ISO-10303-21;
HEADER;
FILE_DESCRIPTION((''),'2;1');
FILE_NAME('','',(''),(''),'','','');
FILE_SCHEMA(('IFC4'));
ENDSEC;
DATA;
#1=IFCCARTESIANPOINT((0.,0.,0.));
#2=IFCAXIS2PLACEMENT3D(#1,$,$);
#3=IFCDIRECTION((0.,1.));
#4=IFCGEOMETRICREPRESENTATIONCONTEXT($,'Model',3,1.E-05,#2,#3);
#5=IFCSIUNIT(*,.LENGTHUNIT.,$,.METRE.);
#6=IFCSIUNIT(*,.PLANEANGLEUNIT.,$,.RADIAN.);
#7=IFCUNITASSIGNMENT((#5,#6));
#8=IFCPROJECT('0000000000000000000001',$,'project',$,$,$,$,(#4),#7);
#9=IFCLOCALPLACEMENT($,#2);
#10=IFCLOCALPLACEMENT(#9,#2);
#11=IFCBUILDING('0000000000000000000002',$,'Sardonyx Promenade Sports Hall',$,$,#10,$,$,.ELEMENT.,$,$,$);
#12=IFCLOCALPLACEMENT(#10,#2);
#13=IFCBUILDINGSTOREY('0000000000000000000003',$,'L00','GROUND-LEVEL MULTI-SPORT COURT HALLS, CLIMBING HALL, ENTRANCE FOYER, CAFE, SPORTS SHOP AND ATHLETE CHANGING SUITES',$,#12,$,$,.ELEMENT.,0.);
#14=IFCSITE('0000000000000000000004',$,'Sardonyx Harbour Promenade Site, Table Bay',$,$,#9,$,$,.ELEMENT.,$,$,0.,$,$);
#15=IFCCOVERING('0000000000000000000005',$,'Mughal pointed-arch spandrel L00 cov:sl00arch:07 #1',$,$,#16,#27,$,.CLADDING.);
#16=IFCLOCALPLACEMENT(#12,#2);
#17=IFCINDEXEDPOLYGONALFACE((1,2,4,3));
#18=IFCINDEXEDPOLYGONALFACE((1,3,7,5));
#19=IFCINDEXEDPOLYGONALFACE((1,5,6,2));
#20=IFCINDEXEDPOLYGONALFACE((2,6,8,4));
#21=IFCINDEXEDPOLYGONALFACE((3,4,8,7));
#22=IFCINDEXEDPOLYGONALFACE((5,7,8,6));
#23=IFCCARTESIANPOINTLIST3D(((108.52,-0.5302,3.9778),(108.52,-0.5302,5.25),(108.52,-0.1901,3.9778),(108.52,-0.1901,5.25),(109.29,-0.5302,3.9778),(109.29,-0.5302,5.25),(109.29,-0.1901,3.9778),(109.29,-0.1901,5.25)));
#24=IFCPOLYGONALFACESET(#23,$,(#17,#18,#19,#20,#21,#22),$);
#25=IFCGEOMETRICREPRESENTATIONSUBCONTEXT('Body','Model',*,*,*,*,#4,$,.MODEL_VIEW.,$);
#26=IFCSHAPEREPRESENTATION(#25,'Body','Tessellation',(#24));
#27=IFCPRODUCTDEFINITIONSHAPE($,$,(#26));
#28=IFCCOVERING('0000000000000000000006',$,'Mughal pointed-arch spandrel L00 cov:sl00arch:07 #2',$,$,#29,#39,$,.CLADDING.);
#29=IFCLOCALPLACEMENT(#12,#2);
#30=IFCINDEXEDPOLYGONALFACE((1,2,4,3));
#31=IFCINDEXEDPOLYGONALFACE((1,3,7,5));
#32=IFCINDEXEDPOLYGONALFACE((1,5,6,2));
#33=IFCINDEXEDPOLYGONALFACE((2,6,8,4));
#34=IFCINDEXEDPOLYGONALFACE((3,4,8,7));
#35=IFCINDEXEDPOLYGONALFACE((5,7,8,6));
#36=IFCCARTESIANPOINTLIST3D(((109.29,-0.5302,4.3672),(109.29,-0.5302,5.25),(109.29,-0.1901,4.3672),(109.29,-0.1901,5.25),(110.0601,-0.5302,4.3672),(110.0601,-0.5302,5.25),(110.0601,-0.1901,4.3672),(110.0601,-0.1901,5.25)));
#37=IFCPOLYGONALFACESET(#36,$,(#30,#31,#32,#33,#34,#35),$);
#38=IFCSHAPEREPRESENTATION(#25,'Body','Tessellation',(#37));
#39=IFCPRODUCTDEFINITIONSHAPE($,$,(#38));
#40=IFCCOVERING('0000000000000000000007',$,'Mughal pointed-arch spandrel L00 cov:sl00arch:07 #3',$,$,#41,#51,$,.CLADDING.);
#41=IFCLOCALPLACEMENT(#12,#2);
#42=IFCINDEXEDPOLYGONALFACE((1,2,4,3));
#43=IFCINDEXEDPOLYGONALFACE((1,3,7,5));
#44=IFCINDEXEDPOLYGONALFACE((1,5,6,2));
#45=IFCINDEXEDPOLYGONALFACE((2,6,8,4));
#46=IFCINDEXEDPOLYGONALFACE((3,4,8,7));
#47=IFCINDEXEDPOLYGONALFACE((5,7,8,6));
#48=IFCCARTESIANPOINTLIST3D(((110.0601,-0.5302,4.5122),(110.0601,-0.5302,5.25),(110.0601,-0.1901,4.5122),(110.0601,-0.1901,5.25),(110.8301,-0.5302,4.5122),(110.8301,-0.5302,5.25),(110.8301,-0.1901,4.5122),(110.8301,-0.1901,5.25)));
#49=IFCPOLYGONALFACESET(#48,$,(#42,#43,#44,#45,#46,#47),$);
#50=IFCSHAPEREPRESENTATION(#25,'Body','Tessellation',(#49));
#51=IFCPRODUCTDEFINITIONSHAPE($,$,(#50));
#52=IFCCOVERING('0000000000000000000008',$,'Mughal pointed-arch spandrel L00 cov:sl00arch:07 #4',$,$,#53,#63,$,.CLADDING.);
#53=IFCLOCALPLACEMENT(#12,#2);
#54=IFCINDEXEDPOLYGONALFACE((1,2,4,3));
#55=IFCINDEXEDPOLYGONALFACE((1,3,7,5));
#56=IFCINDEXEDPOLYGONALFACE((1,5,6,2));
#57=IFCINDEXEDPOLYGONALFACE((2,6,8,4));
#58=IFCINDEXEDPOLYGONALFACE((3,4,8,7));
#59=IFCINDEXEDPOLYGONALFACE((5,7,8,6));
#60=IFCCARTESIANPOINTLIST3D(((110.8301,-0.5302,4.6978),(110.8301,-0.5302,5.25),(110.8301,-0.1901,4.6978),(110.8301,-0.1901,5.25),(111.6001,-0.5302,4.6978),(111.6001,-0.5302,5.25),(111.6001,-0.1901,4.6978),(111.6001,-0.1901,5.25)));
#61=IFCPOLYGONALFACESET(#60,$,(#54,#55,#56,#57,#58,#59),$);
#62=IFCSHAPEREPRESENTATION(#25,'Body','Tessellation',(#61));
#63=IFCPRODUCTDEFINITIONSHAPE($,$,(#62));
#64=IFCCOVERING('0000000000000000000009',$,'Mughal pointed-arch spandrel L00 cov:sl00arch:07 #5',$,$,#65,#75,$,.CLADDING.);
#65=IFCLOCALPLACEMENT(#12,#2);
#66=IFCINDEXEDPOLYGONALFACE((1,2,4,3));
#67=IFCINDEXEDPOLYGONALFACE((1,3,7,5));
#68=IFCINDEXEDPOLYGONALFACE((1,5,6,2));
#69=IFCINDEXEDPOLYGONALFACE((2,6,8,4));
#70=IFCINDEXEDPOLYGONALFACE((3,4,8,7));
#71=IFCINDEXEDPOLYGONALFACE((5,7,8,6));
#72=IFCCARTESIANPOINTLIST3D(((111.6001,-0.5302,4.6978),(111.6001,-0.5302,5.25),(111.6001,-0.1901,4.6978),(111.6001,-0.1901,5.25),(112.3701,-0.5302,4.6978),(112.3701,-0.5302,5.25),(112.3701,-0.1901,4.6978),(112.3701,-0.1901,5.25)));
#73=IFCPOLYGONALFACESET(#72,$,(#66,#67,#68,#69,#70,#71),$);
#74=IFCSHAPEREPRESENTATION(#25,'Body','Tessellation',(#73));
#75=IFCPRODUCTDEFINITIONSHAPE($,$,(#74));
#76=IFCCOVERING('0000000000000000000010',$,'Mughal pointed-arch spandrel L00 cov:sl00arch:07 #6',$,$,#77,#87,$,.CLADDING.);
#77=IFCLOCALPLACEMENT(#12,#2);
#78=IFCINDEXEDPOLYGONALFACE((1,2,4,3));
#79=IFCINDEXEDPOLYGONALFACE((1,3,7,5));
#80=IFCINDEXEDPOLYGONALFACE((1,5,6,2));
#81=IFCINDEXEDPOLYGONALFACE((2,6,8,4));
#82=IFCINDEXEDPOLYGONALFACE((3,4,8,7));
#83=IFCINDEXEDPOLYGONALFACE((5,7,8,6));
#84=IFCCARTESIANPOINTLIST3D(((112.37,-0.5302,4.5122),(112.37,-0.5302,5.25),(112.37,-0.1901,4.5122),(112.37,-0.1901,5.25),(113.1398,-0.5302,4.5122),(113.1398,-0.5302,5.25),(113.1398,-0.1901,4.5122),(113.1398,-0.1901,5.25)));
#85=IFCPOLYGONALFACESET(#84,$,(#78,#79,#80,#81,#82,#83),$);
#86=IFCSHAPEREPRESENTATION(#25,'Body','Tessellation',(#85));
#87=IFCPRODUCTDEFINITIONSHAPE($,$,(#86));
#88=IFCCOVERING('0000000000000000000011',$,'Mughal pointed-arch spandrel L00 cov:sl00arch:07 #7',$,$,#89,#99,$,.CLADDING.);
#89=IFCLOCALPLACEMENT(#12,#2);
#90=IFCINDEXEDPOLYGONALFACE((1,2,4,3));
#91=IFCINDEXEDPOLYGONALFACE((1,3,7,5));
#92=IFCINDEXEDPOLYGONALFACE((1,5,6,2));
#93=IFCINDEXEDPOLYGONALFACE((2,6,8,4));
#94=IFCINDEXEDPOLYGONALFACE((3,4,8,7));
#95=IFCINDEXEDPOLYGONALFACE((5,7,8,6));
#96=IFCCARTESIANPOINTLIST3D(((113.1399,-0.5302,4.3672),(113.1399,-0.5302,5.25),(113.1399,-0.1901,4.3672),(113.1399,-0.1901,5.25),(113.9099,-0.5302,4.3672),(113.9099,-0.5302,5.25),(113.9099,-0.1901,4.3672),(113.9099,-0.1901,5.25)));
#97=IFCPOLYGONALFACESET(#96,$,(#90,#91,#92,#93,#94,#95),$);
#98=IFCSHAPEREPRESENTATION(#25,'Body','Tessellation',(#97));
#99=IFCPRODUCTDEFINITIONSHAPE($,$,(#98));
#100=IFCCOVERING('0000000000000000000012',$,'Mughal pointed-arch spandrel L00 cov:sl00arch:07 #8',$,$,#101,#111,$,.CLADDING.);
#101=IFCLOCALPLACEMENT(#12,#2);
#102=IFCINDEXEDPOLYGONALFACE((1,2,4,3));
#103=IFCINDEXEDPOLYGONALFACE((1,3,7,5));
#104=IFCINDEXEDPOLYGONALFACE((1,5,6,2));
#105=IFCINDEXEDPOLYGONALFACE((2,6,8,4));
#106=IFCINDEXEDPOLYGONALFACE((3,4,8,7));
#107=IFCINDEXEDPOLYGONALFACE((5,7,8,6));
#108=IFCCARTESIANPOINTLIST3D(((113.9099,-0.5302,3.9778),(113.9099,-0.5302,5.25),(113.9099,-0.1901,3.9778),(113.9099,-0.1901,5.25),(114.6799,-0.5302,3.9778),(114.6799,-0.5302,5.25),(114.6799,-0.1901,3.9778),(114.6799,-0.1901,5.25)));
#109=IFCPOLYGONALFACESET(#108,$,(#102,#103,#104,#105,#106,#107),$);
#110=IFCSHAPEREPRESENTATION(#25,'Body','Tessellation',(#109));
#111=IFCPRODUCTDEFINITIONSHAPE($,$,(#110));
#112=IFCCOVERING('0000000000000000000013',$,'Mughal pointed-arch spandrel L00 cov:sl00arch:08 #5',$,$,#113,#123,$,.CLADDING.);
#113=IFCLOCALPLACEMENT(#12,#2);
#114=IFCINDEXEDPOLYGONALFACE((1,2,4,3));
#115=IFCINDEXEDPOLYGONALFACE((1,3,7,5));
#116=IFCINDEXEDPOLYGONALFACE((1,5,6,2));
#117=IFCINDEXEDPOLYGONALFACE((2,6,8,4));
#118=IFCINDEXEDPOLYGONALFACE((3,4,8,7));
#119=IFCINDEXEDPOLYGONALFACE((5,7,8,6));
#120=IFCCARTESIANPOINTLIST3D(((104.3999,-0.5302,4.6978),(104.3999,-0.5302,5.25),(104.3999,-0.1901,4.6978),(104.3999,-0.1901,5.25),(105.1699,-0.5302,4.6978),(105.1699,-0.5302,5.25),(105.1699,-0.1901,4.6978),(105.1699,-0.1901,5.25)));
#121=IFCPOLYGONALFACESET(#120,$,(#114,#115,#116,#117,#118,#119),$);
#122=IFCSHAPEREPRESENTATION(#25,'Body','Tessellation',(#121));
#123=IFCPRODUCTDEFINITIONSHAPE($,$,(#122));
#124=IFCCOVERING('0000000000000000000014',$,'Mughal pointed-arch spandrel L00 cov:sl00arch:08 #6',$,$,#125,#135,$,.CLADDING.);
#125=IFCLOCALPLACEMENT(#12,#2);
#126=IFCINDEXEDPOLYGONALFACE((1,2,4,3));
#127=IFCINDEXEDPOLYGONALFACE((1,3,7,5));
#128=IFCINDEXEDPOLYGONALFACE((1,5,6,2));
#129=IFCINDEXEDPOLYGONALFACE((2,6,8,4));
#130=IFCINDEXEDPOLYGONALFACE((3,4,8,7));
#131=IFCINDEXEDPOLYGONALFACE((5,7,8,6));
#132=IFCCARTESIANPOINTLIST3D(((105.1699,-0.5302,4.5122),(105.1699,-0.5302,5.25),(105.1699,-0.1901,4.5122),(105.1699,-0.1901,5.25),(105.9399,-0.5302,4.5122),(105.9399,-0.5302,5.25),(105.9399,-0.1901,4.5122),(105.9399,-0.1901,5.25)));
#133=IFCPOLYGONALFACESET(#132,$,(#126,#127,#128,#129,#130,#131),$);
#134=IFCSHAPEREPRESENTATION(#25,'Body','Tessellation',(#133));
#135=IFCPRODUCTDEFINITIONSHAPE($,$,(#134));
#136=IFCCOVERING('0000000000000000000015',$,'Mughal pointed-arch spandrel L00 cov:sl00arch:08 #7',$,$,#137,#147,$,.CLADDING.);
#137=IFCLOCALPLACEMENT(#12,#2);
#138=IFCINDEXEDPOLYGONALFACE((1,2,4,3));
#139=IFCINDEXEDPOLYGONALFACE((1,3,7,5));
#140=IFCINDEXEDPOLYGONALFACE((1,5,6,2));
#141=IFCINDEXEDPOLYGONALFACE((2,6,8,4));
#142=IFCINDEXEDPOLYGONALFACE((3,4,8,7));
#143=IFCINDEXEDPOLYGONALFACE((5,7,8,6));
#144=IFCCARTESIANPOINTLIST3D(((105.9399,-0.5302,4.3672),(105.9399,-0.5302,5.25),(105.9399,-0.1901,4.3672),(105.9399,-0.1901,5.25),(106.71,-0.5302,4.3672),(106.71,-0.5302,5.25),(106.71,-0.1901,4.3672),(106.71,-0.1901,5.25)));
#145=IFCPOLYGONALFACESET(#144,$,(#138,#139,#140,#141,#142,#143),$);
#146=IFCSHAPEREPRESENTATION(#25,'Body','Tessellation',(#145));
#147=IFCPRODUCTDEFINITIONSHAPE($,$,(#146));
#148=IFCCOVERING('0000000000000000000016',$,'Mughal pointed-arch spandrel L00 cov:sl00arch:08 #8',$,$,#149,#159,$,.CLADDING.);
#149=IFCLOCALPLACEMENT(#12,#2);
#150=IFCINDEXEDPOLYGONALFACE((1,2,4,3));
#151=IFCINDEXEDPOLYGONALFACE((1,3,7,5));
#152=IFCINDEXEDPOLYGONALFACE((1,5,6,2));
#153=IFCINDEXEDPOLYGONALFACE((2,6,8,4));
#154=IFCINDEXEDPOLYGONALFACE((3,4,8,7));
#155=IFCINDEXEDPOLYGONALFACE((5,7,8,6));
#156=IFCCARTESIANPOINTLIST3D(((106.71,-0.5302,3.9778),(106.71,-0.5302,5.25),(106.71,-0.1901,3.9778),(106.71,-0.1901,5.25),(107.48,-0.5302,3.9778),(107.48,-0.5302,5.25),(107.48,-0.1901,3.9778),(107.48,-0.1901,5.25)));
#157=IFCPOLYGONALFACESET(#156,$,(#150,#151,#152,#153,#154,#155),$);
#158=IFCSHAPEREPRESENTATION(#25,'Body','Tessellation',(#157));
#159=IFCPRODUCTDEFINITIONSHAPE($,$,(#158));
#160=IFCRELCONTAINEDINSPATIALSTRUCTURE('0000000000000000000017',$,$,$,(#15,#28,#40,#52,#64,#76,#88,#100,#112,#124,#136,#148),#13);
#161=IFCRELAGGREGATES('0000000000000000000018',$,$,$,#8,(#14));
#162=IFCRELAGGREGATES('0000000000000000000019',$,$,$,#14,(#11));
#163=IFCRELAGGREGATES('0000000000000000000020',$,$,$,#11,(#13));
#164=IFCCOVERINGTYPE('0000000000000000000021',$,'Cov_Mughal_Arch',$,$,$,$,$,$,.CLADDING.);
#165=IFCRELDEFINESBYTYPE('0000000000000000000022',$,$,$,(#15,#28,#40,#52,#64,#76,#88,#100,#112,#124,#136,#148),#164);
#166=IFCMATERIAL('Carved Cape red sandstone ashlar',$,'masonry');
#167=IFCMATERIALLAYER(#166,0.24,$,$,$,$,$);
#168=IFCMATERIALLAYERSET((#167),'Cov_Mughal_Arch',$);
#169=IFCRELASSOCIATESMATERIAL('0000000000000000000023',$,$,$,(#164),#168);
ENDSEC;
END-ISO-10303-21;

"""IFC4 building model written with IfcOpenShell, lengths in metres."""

from ifc_helpers import new_model, si_unit, direction, frame, frame_2d, origin, place, context, subcontext, project, spatial, rectangle, extrude, material, layer, layer_set, type_object, element, save


model = new_model("IFC4")

# Units and contexts
model_context = context("Model", 3, precision=1e-05, world=origin(), true_north=direction((0.0, 1.0)))
body_context = subcontext(model_context, "Body", "Model", "MODEL_VIEW")
ifc_project = project(units=[si_unit("LENGTHUNIT", "METRE"), si_unit("PLANEANGLEUNIT", "RADIAN")], contexts=[model_context])

# Site, building, storey
site_placement = place(None, origin())
site = spatial("IfcSite", under=ifc_project, at=site_placement, Name="Sardonyx Harbour Promenade Site, Table Bay", CompositionType="ELEMENT", RefElevation=0.0)
building_placement = place(site_placement, origin())
building = spatial("IfcBuilding", under=site, at=building_placement, Name="Sardonyx Promenade Sports Hall", CompositionType="ELEMENT")
storey_placement = place(building_placement, origin())
storey = spatial("IfcBuildingStorey", under=building, at=storey_placement, Name="L00", Description="GROUND-LEVEL MULTI-SPORT COURT HALLS, CLIMBING HALL, ENTRANCE FOYER, CAFE, SPORTS SHOP AND ATHLETE CHANGING SUITES", CompositionType="ELEMENT", Elevation=0.0)

# Coverings
ifc_material_1 = material(Name="Carved Cape red sandstone ashlar", Category="masonry")
ifc_layer_1 = layer(ifc_material_1, 0.24)
ifc_layer_set_1 = layer_set([ifc_layer_1], Name="Cov_Mughal_Arch")
covering_type = type_object("IfcCoveringType", Name="Cov_Mughal_Arch", PredefinedType="CLADDING", material=ifc_layer_set_1)
for number, where, z_axis, x_axis, name in (
    (1, (108.52, -0.3601, 3.9778), (0.0, 0.0, 1.0), (1.0, 0.0, 0.0), "Mughal pointed-arch spandrel L00 cov:sl00arch:07 #1"),
):
    element("IfcCovering", number, at=place(storey_placement, frame(where, z_axis=z_axis, x_axis=x_axis)), inside=storey, type_object=covering_type, Name=name, PredefinedType="CLADDING", context=body_context, shape_type="SweptSolid", body=[
        extrude(rectangle(XDim=0.77, YDim=0.3401, at=frame_2d((0.385, 0.0))), origin(), (0.0, 0.0, 1.0), 1.2722),
    ])
covering_1_placement = place(storey_placement, frame((109.29, -0.3601, 4.3672), z_axis=(0.0, 0.0, 1.0), x_axis=(1.0, 0.0, 0.0)))
element("IfcCovering", 2, at=covering_1_placement, inside=storey, type_object=covering_type, Name="Mughal pointed-arch spandrel L00 cov:sl00arch:07 #2", PredefinedType="CLADDING", context=body_context, shape_type="SweptSolid", body=[
    extrude(rectangle(XDim=0.77, YDim=0.3401, at=frame_2d((0.385, 0.0))), origin(), (0.0, 0.0, 1.0), 0.8828),
])
covering_2_placement = place(storey_placement, frame((110.0601, -0.3601, 4.5122), z_axis=(0.0, 0.0, 1.0), x_axis=(1.0, 0.0, 0.0)))
element("IfcCovering", 3, at=covering_2_placement, inside=storey, type_object=covering_type, Name="Mughal pointed-arch spandrel L00 cov:sl00arch:07 #3", PredefinedType="CLADDING", context=body_context, shape_type="SweptSolid", body=[
    extrude(rectangle(XDim=0.77, YDim=0.3401, at=frame_2d((0.385, 0.0))), origin(), (0.0, 0.0, 1.0), 0.7378),
])
for number, where, z_axis, x_axis, name in (
    (4, (110.8301, -0.3601, 4.6978), (0.0, 0.0, 1.0), (1.0, 0.0, 0.0), "Mughal pointed-arch spandrel L00 cov:sl00arch:07 #4"),
    (5, (111.6001, -0.3601, 4.6978), (0.0, 0.0, 1.0), (1.0, 0.0, 0.0), "Mughal pointed-arch spandrel L00 cov:sl00arch:07 #5"),
):
    element("IfcCovering", number, at=place(storey_placement, frame(where, z_axis=z_axis, x_axis=x_axis)), inside=storey, type_object=covering_type, Name=name, PredefinedType="CLADDING", context=body_context, shape_type="SweptSolid", body=[
        extrude(rectangle(XDim=0.77, YDim=0.3401, at=frame_2d((0.385, 0.0))), origin(), (0.0, 0.0, 1.0), 0.5522),
    ])
covering_3_placement = place(storey_placement, frame((112.3701, -0.3601, 4.5122), z_axis=(0.0, 0.0, 1.0), x_axis=(1.0, 0.0, 0.0)))
element("IfcCovering", 6, at=covering_3_placement, inside=storey, type_object=covering_type, Name="Mughal pointed-arch spandrel L00 cov:sl00arch:07 #6", PredefinedType="CLADDING", context=body_context, shape_type="SweptSolid", body=[
    extrude(rectangle(XDim=0.7698, YDim=0.3401, at=frame_2d((0.3848, 0.0))), origin(), (0.0, 0.0, 1.0), 0.7378),
])
covering_4_placement = place(storey_placement, frame((113.1399, -0.3601, 4.3672), z_axis=(0.0, 0.0, 1.0), x_axis=(1.0, 0.0, 0.0)))
element("IfcCovering", 7, at=covering_4_placement, inside=storey, type_object=covering_type, Name="Mughal pointed-arch spandrel L00 cov:sl00arch:07 #7", PredefinedType="CLADDING", context=body_context, shape_type="SweptSolid", body=[
    extrude(rectangle(XDim=0.77, YDim=0.3401, at=frame_2d((0.385, 0.0))), origin(), (0.0, 0.0, 1.0), 0.8828),
])
covering_5_placement = place(storey_placement, frame((113.9099, -0.3601, 3.9778), z_axis=(0.0, 0.0, 1.0), x_axis=(1.0, 0.0, 0.0)))
element("IfcCovering", 8, at=covering_5_placement, inside=storey, type_object=covering_type, Name="Mughal pointed-arch spandrel L00 cov:sl00arch:07 #8", PredefinedType="CLADDING", context=body_context, shape_type="SweptSolid", body=[
    extrude(rectangle(XDim=0.77, YDim=0.3401, at=frame_2d((0.385, 0.0))), origin(), (0.0, 0.0, 1.0), 1.2722),
])
covering_6_placement = place(storey_placement, frame((104.3999, -0.3601, 4.6978), z_axis=(0.0, 0.0, 1.0), x_axis=(1.0, 0.0, 0.0)))
element("IfcCovering", 9, at=covering_6_placement, inside=storey, type_object=covering_type, Name="Mughal pointed-arch spandrel L00 cov:sl00arch:08 #5", PredefinedType="CLADDING", context=body_context, shape_type="SweptSolid", body=[
    extrude(rectangle(XDim=0.77, YDim=0.3401, at=frame_2d((0.385, 0.0))), origin(), (0.0, 0.0, 1.0), 0.5522),
])
covering_7_placement = place(storey_placement, frame((105.1699, -0.3601, 4.5122), z_axis=(0.0, 0.0, 1.0), x_axis=(1.0, 0.0, 0.0)))
element("IfcCovering", 10, at=covering_7_placement, inside=storey, type_object=covering_type, Name="Mughal pointed-arch spandrel L00 cov:sl00arch:08 #6", PredefinedType="CLADDING", context=body_context, shape_type="SweptSolid", body=[
    extrude(rectangle(XDim=0.77, YDim=0.3401, at=frame_2d((0.385, 0.0))), origin(), (0.0, 0.0, 1.0), 0.7378),
])
covering_8_placement = place(storey_placement, frame((105.9399, -0.3601, 4.3672), z_axis=(0.0, 0.0, 1.0), x_axis=(1.0, 0.0, 0.0)))
element("IfcCovering", 11, at=covering_8_placement, inside=storey, type_object=covering_type, Name="Mughal pointed-arch spandrel L00 cov:sl00arch:08 #7", PredefinedType="CLADDING", context=body_context, shape_type="SweptSolid", body=[
    extrude(rectangle(XDim=0.77, YDim=0.3401, at=frame_2d((0.385, 0.0))), origin(), (0.0, 0.0, 1.0), 0.8828),
])
covering_9_placement = place(storey_placement, frame((106.71, -0.3601, 3.9778), z_axis=(0.0, 0.0, 1.0), x_axis=(1.0, 0.0, 0.0)))
element("IfcCovering", 12, at=covering_9_placement, inside=storey, type_object=covering_type, Name="Mughal pointed-arch spandrel L00 cov:sl00arch:08 #8", PredefinedType="CLADDING", context=body_context, shape_type="SweptSolid", body=[
    extrude(rectangle(XDim=0.77, YDim=0.3401, at=frame_2d((0.385, 0.0))), origin(), (0.0, 0.0, 1.0), 1.2722),
])

save(model, "model.ifc")
